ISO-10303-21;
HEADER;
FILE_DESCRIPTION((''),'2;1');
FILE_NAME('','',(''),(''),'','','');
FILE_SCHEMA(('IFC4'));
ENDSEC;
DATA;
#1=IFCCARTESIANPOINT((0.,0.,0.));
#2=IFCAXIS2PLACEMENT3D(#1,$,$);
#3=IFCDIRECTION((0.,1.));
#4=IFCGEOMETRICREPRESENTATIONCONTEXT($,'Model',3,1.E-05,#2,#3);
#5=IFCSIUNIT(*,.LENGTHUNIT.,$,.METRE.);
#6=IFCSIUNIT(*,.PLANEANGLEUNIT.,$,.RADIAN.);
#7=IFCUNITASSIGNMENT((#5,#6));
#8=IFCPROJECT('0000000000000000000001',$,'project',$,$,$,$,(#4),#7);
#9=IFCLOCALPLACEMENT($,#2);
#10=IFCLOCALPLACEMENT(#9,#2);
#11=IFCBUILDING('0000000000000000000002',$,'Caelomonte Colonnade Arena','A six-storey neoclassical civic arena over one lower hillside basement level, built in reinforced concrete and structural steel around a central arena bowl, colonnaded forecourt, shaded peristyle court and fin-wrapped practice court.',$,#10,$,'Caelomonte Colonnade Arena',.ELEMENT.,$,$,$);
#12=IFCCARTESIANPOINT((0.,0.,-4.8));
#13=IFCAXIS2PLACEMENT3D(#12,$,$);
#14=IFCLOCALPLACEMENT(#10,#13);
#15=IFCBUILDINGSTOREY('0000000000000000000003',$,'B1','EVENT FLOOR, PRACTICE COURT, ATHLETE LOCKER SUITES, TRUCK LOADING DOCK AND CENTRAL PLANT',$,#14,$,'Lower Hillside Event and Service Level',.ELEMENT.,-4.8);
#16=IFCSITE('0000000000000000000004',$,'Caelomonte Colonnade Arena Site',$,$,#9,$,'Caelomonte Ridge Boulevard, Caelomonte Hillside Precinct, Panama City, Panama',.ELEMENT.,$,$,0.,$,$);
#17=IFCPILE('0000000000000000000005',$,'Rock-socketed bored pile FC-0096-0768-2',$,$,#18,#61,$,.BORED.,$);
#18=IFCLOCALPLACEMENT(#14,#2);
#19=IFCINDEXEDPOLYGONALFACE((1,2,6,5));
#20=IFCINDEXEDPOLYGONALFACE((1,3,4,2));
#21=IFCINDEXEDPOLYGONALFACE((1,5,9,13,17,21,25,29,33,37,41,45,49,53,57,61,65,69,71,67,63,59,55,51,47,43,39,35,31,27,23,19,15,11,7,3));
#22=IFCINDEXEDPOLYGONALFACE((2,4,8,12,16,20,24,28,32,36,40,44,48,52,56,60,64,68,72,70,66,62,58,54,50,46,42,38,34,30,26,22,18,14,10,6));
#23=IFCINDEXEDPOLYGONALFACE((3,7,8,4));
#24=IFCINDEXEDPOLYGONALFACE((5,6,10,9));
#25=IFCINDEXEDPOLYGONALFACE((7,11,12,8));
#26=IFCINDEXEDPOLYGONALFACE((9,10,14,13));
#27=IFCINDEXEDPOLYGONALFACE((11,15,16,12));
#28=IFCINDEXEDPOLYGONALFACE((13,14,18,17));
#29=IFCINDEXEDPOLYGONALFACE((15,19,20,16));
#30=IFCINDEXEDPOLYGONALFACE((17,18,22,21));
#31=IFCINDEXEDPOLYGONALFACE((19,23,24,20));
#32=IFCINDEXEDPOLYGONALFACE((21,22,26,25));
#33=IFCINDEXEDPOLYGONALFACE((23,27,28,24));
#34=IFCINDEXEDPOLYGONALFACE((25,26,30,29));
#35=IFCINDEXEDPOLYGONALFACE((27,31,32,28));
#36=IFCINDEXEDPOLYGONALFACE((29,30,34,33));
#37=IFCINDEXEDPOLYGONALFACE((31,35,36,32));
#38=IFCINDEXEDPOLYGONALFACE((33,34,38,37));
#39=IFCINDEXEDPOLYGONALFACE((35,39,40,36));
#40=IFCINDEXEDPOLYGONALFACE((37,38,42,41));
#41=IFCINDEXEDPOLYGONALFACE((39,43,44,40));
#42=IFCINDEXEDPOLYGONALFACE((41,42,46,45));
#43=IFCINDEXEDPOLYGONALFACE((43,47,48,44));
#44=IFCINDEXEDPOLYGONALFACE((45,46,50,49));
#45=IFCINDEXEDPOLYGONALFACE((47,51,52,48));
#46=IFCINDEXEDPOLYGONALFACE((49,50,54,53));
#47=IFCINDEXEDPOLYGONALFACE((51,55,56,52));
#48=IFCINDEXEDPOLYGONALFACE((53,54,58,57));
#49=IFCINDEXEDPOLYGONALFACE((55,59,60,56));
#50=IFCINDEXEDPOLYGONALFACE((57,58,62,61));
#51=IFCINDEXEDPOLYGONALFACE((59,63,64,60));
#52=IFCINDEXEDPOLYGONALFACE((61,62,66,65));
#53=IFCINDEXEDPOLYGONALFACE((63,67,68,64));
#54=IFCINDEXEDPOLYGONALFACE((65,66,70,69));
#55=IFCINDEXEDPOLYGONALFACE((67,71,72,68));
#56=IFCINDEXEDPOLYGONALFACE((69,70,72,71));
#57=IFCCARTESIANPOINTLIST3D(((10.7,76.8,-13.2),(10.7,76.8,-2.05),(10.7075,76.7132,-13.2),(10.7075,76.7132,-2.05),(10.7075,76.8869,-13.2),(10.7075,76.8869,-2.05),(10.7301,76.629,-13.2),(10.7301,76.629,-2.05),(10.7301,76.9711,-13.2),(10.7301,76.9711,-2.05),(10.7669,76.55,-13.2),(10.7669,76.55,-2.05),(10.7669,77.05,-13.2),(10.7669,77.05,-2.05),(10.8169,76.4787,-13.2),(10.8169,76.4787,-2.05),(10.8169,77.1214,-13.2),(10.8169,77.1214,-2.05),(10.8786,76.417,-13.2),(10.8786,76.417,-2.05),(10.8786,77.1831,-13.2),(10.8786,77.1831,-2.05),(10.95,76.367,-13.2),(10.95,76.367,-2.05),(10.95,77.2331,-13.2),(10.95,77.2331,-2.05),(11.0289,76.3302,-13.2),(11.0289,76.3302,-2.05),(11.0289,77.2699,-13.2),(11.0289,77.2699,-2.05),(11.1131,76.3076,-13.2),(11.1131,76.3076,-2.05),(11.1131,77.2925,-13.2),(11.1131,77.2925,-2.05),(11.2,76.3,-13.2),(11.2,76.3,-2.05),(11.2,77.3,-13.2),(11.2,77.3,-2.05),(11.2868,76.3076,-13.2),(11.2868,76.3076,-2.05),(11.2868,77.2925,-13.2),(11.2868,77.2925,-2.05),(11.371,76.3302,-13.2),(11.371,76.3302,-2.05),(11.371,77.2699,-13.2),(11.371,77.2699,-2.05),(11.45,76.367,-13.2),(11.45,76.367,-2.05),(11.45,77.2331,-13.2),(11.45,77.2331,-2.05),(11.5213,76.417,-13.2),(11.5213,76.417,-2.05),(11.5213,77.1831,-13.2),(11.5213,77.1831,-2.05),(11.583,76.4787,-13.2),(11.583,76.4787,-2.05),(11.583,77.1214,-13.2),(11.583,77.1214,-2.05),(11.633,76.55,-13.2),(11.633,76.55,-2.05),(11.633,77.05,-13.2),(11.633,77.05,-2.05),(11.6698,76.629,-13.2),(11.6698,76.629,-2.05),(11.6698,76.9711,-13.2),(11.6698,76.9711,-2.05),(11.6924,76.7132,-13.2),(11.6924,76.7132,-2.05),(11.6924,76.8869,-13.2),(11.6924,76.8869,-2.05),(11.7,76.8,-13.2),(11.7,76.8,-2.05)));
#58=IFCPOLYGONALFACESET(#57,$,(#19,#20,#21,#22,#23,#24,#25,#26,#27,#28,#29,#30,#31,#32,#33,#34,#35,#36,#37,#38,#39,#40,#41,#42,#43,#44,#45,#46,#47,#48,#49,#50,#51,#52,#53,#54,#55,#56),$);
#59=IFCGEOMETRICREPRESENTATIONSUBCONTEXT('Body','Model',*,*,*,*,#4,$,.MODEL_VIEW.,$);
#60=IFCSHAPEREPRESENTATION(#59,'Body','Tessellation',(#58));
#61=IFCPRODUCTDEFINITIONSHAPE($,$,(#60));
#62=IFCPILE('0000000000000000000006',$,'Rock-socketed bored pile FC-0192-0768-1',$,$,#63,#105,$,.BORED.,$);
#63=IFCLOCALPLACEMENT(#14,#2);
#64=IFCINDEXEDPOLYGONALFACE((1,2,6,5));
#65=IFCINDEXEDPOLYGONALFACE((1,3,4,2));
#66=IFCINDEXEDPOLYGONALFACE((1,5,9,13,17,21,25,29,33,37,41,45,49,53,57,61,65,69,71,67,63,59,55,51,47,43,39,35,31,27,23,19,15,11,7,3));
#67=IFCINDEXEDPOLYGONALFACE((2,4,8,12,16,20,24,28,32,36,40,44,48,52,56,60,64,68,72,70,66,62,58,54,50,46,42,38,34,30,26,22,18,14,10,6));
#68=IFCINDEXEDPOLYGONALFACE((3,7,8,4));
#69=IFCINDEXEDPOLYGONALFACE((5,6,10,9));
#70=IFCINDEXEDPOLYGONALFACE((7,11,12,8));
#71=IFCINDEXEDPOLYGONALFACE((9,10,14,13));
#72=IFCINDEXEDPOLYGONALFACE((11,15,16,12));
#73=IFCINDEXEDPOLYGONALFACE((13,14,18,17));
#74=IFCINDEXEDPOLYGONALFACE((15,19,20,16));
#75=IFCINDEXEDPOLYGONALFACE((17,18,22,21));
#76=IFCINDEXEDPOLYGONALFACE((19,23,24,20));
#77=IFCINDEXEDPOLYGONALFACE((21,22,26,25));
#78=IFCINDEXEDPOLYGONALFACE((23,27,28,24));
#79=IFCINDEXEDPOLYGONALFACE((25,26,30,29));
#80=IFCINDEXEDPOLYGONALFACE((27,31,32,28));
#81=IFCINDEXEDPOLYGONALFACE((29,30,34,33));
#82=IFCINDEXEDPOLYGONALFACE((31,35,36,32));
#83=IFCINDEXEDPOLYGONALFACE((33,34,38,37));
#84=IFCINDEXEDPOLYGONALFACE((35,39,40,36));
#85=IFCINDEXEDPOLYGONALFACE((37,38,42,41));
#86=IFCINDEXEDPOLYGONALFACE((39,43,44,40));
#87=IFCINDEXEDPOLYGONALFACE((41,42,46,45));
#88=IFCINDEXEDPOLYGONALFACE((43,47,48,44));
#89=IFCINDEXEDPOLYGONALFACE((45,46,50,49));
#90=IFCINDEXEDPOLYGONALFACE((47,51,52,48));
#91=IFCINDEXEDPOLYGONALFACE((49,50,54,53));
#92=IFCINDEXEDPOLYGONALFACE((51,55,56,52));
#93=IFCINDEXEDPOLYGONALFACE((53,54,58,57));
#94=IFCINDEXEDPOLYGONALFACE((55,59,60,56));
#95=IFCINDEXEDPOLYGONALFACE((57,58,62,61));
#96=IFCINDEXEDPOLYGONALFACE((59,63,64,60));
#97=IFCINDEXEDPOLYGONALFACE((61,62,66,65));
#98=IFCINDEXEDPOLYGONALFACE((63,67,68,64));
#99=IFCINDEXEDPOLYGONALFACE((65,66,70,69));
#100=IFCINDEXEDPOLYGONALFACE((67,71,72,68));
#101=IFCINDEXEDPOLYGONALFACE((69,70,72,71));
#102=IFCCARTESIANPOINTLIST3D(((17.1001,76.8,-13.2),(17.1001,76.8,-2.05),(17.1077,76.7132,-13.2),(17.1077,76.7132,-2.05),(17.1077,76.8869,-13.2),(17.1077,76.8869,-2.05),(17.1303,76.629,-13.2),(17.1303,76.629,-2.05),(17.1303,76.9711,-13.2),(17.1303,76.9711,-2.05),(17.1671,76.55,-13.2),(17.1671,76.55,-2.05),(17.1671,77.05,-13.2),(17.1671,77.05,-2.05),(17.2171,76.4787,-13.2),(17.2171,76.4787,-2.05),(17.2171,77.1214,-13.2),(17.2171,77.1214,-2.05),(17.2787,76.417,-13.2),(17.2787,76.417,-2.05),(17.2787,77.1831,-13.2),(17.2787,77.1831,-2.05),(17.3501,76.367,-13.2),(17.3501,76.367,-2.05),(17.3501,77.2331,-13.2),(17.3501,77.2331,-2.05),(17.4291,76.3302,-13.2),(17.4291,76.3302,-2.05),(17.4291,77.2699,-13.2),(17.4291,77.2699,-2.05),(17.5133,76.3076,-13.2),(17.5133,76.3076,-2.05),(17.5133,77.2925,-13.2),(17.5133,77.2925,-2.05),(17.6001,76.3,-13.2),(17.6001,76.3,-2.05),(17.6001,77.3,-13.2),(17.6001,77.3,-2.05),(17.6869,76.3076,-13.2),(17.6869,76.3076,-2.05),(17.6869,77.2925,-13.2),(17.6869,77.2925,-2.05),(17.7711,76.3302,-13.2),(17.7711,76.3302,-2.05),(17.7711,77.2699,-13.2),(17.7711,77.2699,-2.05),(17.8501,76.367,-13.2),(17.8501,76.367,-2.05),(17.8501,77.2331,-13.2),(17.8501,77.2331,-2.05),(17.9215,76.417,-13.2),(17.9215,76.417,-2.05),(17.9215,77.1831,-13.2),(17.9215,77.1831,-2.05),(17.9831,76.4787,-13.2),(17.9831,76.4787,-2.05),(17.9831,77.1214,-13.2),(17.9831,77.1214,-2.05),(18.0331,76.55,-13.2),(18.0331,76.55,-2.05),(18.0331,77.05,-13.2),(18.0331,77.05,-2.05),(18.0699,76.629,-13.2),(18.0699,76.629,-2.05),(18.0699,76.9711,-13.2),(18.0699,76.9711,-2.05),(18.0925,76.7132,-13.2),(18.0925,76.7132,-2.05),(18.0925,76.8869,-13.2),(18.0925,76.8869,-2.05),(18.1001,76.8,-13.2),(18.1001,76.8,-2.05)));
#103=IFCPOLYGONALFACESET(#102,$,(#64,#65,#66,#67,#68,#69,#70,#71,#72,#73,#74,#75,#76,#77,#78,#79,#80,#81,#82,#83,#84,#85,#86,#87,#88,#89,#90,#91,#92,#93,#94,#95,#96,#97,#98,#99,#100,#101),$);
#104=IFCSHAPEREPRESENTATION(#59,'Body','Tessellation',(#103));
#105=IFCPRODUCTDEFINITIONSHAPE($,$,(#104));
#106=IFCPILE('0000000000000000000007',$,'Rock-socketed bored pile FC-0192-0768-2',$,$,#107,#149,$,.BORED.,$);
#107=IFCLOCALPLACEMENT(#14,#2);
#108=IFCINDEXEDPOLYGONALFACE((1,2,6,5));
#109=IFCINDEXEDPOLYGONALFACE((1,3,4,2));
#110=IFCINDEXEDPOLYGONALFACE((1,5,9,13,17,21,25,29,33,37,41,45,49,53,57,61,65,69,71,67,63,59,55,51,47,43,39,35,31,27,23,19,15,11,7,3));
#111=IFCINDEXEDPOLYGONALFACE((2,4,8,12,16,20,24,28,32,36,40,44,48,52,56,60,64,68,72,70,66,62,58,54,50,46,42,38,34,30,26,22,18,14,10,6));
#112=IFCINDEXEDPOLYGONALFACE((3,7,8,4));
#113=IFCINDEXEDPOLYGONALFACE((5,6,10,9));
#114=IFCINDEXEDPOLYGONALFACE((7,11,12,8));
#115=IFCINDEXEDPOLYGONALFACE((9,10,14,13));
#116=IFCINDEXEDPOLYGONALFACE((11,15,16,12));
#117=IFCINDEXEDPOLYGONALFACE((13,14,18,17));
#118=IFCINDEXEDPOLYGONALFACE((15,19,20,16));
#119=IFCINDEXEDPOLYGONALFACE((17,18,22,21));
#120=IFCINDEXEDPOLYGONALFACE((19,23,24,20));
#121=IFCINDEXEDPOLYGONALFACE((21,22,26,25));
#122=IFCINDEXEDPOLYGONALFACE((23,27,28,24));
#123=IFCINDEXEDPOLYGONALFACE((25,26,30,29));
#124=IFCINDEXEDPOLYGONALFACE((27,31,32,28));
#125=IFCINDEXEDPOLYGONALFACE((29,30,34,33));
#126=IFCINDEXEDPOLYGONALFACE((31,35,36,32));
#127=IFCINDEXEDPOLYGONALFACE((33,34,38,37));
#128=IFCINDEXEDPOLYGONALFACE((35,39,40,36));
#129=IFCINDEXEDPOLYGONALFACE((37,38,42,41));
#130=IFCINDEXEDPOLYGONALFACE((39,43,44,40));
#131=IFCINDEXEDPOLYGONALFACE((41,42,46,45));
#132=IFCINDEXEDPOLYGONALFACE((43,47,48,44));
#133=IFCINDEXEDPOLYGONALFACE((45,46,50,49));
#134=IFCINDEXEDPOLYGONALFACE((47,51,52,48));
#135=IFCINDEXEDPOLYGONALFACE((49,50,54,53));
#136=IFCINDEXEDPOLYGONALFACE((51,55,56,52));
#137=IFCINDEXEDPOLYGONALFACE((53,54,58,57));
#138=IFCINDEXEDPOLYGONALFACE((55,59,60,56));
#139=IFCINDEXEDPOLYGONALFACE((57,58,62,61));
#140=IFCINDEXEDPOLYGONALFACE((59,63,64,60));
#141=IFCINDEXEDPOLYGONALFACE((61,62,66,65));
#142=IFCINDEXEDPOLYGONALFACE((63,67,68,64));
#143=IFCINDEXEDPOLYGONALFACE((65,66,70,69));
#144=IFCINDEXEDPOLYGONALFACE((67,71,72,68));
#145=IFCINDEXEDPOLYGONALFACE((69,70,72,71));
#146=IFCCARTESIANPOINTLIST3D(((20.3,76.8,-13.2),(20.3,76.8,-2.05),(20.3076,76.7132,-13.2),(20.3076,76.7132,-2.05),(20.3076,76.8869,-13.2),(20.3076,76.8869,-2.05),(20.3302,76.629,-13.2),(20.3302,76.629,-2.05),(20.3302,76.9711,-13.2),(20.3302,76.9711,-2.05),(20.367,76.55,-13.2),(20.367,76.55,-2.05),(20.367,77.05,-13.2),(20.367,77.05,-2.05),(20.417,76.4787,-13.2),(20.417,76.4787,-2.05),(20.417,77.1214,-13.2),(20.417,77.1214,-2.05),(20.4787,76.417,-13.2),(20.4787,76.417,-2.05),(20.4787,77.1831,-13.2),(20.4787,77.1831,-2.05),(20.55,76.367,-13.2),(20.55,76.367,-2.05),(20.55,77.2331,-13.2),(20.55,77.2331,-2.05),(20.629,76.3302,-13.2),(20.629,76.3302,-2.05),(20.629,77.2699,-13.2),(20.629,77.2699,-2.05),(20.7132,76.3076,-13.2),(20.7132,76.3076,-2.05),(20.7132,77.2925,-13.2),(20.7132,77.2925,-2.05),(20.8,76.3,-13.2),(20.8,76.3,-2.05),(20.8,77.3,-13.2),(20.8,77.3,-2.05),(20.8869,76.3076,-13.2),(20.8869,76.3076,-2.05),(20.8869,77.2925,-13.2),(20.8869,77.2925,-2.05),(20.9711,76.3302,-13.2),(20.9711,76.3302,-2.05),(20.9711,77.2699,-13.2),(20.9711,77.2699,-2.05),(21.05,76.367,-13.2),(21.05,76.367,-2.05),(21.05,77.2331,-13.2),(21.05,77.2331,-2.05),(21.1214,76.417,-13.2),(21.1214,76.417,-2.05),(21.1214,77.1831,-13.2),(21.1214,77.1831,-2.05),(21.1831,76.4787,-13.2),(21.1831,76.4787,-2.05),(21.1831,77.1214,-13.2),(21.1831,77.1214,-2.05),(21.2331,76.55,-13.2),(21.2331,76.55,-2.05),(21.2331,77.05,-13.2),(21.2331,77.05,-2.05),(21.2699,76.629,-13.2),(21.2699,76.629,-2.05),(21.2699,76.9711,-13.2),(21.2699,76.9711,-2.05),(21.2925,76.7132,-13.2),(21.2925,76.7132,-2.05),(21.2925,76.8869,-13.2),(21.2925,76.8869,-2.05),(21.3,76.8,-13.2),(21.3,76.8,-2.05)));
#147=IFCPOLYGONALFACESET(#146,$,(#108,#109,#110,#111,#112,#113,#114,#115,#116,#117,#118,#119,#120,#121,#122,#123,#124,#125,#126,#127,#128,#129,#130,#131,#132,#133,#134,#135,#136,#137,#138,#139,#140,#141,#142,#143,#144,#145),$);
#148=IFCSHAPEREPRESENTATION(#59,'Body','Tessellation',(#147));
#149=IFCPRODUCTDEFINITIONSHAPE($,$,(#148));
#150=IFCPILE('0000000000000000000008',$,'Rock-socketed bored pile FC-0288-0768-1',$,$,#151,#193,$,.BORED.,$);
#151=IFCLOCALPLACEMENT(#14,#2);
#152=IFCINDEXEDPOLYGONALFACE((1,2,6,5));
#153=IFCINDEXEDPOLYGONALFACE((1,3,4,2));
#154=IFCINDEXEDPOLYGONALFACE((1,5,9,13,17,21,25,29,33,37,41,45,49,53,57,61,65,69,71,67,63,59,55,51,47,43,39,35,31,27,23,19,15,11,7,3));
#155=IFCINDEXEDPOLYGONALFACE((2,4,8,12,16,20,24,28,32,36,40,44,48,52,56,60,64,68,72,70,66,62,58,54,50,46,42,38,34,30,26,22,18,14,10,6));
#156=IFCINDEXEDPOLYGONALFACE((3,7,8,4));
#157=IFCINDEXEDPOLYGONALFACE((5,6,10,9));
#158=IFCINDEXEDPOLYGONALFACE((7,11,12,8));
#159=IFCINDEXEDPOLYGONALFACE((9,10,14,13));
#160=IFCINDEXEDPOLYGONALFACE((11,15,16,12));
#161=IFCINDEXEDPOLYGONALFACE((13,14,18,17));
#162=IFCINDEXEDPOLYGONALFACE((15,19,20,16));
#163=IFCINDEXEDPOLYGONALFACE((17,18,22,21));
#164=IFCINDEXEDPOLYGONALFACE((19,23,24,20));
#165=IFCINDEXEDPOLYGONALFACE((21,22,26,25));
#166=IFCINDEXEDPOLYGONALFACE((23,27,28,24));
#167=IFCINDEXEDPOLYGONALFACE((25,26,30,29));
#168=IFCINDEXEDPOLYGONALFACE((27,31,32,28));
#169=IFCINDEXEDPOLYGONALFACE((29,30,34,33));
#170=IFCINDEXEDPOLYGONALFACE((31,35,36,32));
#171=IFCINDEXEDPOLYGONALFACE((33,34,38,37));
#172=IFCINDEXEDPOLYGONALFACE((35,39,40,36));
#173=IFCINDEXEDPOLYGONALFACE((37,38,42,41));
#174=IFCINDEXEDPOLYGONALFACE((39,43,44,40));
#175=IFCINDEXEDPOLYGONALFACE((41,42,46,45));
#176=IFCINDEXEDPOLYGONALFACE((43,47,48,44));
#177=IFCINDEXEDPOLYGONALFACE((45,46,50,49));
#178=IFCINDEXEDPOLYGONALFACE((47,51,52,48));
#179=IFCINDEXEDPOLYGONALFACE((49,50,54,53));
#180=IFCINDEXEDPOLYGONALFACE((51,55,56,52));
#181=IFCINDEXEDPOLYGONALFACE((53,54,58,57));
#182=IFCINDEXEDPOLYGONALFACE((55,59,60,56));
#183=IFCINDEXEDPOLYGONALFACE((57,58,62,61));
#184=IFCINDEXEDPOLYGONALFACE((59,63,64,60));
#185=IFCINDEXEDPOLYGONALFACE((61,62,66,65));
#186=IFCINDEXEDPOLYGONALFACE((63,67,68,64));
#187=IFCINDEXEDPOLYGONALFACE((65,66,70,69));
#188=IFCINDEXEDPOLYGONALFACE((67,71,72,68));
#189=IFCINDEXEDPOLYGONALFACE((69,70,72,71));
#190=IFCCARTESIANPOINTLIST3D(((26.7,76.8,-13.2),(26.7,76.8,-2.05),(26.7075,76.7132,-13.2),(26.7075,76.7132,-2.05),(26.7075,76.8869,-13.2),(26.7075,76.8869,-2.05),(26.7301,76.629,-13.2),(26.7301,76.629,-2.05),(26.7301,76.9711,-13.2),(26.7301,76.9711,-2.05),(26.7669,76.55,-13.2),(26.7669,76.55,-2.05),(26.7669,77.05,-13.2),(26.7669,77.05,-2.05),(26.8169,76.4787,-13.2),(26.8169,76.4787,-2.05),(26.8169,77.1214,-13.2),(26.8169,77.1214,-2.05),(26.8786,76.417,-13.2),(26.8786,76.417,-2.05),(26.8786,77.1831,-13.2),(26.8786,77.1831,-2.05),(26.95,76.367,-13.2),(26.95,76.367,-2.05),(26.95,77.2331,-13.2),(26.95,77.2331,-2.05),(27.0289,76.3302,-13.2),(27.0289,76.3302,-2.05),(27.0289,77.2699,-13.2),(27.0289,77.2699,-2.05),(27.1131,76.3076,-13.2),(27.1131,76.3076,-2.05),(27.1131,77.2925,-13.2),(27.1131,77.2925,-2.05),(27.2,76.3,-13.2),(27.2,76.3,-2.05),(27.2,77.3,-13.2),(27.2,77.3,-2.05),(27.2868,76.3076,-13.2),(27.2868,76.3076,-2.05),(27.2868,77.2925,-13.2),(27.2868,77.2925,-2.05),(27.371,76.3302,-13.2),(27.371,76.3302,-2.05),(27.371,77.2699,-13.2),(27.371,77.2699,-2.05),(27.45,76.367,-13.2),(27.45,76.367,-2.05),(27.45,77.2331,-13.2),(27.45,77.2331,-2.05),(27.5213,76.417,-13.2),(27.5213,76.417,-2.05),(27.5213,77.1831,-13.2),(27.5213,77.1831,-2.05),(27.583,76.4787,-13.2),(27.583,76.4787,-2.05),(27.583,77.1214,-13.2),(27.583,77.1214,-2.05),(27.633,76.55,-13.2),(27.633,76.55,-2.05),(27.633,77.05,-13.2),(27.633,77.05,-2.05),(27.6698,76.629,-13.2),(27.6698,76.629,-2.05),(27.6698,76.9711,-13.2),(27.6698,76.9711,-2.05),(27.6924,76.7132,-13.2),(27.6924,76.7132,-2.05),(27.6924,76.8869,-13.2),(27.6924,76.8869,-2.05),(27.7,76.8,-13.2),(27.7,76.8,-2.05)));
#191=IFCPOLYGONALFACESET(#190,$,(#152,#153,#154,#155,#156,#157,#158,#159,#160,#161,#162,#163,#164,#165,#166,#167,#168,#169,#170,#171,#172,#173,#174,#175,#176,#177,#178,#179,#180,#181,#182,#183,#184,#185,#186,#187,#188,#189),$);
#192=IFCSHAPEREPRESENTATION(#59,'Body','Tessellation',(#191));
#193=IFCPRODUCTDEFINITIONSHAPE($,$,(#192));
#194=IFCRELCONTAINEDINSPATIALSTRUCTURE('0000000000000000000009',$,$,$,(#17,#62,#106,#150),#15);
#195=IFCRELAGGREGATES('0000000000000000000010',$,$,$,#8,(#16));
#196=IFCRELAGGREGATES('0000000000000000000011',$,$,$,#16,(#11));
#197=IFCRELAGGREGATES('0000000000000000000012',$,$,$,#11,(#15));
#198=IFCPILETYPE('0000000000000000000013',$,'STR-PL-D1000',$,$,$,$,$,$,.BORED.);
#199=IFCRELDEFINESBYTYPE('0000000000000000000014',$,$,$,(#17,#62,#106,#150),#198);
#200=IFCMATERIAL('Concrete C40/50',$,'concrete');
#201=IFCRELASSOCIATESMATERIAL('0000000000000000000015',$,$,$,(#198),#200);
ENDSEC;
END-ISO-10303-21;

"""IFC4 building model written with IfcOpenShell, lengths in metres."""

from ifc_helpers import new_model, si_unit, direction, frame, origin, origin_2d, place, context, subcontext, project, spatial, circle, extrude, material, material_profile, profile_set, type_object, element, save


model = new_model("IFC4")

# Units and contexts
model_context = context("Model", 3, precision=1e-05, world=origin(), true_north=direction((0.0, 1.0)))
body_context = subcontext(model_context, "Body", "Model", "MODEL_VIEW")
ifc_project = project(units=[si_unit("LENGTHUNIT", "METRE"), si_unit("PLANEANGLEUNIT", "RADIAN")], contexts=[model_context])

# Site, building, storey
site_placement = place(None, origin())
site = spatial("IfcSite", under=ifc_project, at=site_placement, Name="Caelomonte Colonnade Arena Site", LongName="Caelomonte Ridge Boulevard, Caelomonte Hillside Precinct, Panama City, Panama", CompositionType="ELEMENT", RefElevation=0.0)
building_placement = place(site_placement, origin())
building = spatial("IfcBuilding", under=site, at=building_placement, Name="Caelomonte Colonnade Arena", Description="A six-storey neoclassical civic arena over one lower hillside basement level, built in reinforced concrete and structural steel around a central arena bowl, colonnaded forecourt, shaded peristyle court and fin-wrapped practice court.", LongName="Caelomonte Colonnade Arena", CompositionType="ELEMENT")
storey_placement = place(building_placement, frame((0.0, 0.0, -4.8)))
storey = spatial("IfcBuildingStorey", under=building, at=storey_placement, Name="B1", Description="EVENT FLOOR, PRACTICE COURT, ATHLETE LOCKER SUITES, TRUCK LOADING DOCK AND CENTRAL PLANT", LongName="Lower Hillside Event and Service Level", CompositionType="ELEMENT", Elevation=-4.8)

# Shared definitions
ifc_material_1 = material(Name="Concrete C40/50", Category="concrete")

# Piles
ifc_material_profile_1 = material_profile(ifc_material_1, circle(Radius=0.5, at=origin_2d()), Name="PILE-D1000")
ifc_profile_set_1 = profile_set([ifc_material_profile_1], Name="Concrete C40/50")
pile_type_1 = type_object("IfcPileType", Name="STR-PL-D1000", PredefinedType="BORED", material=ifc_profile_set_1)
for number, where, z_axis, x_axis, name in (
    (1, (11.2, 76.8, -2.05), (0.0, 0.0, -1.0), (1.0, 0.0, 0.0), "Rock-socketed bored pile FC-0096-0768-2"),
    (2, (17.6001, 76.8, -2.05), (0.0, 0.0, -1.0), (1.0, 0.0, 0.0), "Rock-socketed bored pile FC-0192-0768-1"),
    (3, (20.8, 76.8, -2.05), (0.0, 0.0, -1.0), (1.0, 0.0, 0.0), "Rock-socketed bored pile FC-0192-0768-2"),
    (4, (27.2, 76.8, -2.05), (0.0, 0.0, -1.0), (1.0, 0.0, 0.0), "Rock-socketed bored pile FC-0288-0768-1"),
):
    element("IfcPile", number, at=place(storey_placement, frame(where, z_axis=z_axis, x_axis=x_axis)), inside=storey, type_object=pile_type_1, Name=name, PredefinedType="BORED", context=body_context, shape_type="SweptSolid", body=[
        extrude(circle(Radius=0.5, at=origin_2d()), origin(), (0.0, 0.0, 1.0), 11.1499),
    ])

save(model, "model.ifc")
